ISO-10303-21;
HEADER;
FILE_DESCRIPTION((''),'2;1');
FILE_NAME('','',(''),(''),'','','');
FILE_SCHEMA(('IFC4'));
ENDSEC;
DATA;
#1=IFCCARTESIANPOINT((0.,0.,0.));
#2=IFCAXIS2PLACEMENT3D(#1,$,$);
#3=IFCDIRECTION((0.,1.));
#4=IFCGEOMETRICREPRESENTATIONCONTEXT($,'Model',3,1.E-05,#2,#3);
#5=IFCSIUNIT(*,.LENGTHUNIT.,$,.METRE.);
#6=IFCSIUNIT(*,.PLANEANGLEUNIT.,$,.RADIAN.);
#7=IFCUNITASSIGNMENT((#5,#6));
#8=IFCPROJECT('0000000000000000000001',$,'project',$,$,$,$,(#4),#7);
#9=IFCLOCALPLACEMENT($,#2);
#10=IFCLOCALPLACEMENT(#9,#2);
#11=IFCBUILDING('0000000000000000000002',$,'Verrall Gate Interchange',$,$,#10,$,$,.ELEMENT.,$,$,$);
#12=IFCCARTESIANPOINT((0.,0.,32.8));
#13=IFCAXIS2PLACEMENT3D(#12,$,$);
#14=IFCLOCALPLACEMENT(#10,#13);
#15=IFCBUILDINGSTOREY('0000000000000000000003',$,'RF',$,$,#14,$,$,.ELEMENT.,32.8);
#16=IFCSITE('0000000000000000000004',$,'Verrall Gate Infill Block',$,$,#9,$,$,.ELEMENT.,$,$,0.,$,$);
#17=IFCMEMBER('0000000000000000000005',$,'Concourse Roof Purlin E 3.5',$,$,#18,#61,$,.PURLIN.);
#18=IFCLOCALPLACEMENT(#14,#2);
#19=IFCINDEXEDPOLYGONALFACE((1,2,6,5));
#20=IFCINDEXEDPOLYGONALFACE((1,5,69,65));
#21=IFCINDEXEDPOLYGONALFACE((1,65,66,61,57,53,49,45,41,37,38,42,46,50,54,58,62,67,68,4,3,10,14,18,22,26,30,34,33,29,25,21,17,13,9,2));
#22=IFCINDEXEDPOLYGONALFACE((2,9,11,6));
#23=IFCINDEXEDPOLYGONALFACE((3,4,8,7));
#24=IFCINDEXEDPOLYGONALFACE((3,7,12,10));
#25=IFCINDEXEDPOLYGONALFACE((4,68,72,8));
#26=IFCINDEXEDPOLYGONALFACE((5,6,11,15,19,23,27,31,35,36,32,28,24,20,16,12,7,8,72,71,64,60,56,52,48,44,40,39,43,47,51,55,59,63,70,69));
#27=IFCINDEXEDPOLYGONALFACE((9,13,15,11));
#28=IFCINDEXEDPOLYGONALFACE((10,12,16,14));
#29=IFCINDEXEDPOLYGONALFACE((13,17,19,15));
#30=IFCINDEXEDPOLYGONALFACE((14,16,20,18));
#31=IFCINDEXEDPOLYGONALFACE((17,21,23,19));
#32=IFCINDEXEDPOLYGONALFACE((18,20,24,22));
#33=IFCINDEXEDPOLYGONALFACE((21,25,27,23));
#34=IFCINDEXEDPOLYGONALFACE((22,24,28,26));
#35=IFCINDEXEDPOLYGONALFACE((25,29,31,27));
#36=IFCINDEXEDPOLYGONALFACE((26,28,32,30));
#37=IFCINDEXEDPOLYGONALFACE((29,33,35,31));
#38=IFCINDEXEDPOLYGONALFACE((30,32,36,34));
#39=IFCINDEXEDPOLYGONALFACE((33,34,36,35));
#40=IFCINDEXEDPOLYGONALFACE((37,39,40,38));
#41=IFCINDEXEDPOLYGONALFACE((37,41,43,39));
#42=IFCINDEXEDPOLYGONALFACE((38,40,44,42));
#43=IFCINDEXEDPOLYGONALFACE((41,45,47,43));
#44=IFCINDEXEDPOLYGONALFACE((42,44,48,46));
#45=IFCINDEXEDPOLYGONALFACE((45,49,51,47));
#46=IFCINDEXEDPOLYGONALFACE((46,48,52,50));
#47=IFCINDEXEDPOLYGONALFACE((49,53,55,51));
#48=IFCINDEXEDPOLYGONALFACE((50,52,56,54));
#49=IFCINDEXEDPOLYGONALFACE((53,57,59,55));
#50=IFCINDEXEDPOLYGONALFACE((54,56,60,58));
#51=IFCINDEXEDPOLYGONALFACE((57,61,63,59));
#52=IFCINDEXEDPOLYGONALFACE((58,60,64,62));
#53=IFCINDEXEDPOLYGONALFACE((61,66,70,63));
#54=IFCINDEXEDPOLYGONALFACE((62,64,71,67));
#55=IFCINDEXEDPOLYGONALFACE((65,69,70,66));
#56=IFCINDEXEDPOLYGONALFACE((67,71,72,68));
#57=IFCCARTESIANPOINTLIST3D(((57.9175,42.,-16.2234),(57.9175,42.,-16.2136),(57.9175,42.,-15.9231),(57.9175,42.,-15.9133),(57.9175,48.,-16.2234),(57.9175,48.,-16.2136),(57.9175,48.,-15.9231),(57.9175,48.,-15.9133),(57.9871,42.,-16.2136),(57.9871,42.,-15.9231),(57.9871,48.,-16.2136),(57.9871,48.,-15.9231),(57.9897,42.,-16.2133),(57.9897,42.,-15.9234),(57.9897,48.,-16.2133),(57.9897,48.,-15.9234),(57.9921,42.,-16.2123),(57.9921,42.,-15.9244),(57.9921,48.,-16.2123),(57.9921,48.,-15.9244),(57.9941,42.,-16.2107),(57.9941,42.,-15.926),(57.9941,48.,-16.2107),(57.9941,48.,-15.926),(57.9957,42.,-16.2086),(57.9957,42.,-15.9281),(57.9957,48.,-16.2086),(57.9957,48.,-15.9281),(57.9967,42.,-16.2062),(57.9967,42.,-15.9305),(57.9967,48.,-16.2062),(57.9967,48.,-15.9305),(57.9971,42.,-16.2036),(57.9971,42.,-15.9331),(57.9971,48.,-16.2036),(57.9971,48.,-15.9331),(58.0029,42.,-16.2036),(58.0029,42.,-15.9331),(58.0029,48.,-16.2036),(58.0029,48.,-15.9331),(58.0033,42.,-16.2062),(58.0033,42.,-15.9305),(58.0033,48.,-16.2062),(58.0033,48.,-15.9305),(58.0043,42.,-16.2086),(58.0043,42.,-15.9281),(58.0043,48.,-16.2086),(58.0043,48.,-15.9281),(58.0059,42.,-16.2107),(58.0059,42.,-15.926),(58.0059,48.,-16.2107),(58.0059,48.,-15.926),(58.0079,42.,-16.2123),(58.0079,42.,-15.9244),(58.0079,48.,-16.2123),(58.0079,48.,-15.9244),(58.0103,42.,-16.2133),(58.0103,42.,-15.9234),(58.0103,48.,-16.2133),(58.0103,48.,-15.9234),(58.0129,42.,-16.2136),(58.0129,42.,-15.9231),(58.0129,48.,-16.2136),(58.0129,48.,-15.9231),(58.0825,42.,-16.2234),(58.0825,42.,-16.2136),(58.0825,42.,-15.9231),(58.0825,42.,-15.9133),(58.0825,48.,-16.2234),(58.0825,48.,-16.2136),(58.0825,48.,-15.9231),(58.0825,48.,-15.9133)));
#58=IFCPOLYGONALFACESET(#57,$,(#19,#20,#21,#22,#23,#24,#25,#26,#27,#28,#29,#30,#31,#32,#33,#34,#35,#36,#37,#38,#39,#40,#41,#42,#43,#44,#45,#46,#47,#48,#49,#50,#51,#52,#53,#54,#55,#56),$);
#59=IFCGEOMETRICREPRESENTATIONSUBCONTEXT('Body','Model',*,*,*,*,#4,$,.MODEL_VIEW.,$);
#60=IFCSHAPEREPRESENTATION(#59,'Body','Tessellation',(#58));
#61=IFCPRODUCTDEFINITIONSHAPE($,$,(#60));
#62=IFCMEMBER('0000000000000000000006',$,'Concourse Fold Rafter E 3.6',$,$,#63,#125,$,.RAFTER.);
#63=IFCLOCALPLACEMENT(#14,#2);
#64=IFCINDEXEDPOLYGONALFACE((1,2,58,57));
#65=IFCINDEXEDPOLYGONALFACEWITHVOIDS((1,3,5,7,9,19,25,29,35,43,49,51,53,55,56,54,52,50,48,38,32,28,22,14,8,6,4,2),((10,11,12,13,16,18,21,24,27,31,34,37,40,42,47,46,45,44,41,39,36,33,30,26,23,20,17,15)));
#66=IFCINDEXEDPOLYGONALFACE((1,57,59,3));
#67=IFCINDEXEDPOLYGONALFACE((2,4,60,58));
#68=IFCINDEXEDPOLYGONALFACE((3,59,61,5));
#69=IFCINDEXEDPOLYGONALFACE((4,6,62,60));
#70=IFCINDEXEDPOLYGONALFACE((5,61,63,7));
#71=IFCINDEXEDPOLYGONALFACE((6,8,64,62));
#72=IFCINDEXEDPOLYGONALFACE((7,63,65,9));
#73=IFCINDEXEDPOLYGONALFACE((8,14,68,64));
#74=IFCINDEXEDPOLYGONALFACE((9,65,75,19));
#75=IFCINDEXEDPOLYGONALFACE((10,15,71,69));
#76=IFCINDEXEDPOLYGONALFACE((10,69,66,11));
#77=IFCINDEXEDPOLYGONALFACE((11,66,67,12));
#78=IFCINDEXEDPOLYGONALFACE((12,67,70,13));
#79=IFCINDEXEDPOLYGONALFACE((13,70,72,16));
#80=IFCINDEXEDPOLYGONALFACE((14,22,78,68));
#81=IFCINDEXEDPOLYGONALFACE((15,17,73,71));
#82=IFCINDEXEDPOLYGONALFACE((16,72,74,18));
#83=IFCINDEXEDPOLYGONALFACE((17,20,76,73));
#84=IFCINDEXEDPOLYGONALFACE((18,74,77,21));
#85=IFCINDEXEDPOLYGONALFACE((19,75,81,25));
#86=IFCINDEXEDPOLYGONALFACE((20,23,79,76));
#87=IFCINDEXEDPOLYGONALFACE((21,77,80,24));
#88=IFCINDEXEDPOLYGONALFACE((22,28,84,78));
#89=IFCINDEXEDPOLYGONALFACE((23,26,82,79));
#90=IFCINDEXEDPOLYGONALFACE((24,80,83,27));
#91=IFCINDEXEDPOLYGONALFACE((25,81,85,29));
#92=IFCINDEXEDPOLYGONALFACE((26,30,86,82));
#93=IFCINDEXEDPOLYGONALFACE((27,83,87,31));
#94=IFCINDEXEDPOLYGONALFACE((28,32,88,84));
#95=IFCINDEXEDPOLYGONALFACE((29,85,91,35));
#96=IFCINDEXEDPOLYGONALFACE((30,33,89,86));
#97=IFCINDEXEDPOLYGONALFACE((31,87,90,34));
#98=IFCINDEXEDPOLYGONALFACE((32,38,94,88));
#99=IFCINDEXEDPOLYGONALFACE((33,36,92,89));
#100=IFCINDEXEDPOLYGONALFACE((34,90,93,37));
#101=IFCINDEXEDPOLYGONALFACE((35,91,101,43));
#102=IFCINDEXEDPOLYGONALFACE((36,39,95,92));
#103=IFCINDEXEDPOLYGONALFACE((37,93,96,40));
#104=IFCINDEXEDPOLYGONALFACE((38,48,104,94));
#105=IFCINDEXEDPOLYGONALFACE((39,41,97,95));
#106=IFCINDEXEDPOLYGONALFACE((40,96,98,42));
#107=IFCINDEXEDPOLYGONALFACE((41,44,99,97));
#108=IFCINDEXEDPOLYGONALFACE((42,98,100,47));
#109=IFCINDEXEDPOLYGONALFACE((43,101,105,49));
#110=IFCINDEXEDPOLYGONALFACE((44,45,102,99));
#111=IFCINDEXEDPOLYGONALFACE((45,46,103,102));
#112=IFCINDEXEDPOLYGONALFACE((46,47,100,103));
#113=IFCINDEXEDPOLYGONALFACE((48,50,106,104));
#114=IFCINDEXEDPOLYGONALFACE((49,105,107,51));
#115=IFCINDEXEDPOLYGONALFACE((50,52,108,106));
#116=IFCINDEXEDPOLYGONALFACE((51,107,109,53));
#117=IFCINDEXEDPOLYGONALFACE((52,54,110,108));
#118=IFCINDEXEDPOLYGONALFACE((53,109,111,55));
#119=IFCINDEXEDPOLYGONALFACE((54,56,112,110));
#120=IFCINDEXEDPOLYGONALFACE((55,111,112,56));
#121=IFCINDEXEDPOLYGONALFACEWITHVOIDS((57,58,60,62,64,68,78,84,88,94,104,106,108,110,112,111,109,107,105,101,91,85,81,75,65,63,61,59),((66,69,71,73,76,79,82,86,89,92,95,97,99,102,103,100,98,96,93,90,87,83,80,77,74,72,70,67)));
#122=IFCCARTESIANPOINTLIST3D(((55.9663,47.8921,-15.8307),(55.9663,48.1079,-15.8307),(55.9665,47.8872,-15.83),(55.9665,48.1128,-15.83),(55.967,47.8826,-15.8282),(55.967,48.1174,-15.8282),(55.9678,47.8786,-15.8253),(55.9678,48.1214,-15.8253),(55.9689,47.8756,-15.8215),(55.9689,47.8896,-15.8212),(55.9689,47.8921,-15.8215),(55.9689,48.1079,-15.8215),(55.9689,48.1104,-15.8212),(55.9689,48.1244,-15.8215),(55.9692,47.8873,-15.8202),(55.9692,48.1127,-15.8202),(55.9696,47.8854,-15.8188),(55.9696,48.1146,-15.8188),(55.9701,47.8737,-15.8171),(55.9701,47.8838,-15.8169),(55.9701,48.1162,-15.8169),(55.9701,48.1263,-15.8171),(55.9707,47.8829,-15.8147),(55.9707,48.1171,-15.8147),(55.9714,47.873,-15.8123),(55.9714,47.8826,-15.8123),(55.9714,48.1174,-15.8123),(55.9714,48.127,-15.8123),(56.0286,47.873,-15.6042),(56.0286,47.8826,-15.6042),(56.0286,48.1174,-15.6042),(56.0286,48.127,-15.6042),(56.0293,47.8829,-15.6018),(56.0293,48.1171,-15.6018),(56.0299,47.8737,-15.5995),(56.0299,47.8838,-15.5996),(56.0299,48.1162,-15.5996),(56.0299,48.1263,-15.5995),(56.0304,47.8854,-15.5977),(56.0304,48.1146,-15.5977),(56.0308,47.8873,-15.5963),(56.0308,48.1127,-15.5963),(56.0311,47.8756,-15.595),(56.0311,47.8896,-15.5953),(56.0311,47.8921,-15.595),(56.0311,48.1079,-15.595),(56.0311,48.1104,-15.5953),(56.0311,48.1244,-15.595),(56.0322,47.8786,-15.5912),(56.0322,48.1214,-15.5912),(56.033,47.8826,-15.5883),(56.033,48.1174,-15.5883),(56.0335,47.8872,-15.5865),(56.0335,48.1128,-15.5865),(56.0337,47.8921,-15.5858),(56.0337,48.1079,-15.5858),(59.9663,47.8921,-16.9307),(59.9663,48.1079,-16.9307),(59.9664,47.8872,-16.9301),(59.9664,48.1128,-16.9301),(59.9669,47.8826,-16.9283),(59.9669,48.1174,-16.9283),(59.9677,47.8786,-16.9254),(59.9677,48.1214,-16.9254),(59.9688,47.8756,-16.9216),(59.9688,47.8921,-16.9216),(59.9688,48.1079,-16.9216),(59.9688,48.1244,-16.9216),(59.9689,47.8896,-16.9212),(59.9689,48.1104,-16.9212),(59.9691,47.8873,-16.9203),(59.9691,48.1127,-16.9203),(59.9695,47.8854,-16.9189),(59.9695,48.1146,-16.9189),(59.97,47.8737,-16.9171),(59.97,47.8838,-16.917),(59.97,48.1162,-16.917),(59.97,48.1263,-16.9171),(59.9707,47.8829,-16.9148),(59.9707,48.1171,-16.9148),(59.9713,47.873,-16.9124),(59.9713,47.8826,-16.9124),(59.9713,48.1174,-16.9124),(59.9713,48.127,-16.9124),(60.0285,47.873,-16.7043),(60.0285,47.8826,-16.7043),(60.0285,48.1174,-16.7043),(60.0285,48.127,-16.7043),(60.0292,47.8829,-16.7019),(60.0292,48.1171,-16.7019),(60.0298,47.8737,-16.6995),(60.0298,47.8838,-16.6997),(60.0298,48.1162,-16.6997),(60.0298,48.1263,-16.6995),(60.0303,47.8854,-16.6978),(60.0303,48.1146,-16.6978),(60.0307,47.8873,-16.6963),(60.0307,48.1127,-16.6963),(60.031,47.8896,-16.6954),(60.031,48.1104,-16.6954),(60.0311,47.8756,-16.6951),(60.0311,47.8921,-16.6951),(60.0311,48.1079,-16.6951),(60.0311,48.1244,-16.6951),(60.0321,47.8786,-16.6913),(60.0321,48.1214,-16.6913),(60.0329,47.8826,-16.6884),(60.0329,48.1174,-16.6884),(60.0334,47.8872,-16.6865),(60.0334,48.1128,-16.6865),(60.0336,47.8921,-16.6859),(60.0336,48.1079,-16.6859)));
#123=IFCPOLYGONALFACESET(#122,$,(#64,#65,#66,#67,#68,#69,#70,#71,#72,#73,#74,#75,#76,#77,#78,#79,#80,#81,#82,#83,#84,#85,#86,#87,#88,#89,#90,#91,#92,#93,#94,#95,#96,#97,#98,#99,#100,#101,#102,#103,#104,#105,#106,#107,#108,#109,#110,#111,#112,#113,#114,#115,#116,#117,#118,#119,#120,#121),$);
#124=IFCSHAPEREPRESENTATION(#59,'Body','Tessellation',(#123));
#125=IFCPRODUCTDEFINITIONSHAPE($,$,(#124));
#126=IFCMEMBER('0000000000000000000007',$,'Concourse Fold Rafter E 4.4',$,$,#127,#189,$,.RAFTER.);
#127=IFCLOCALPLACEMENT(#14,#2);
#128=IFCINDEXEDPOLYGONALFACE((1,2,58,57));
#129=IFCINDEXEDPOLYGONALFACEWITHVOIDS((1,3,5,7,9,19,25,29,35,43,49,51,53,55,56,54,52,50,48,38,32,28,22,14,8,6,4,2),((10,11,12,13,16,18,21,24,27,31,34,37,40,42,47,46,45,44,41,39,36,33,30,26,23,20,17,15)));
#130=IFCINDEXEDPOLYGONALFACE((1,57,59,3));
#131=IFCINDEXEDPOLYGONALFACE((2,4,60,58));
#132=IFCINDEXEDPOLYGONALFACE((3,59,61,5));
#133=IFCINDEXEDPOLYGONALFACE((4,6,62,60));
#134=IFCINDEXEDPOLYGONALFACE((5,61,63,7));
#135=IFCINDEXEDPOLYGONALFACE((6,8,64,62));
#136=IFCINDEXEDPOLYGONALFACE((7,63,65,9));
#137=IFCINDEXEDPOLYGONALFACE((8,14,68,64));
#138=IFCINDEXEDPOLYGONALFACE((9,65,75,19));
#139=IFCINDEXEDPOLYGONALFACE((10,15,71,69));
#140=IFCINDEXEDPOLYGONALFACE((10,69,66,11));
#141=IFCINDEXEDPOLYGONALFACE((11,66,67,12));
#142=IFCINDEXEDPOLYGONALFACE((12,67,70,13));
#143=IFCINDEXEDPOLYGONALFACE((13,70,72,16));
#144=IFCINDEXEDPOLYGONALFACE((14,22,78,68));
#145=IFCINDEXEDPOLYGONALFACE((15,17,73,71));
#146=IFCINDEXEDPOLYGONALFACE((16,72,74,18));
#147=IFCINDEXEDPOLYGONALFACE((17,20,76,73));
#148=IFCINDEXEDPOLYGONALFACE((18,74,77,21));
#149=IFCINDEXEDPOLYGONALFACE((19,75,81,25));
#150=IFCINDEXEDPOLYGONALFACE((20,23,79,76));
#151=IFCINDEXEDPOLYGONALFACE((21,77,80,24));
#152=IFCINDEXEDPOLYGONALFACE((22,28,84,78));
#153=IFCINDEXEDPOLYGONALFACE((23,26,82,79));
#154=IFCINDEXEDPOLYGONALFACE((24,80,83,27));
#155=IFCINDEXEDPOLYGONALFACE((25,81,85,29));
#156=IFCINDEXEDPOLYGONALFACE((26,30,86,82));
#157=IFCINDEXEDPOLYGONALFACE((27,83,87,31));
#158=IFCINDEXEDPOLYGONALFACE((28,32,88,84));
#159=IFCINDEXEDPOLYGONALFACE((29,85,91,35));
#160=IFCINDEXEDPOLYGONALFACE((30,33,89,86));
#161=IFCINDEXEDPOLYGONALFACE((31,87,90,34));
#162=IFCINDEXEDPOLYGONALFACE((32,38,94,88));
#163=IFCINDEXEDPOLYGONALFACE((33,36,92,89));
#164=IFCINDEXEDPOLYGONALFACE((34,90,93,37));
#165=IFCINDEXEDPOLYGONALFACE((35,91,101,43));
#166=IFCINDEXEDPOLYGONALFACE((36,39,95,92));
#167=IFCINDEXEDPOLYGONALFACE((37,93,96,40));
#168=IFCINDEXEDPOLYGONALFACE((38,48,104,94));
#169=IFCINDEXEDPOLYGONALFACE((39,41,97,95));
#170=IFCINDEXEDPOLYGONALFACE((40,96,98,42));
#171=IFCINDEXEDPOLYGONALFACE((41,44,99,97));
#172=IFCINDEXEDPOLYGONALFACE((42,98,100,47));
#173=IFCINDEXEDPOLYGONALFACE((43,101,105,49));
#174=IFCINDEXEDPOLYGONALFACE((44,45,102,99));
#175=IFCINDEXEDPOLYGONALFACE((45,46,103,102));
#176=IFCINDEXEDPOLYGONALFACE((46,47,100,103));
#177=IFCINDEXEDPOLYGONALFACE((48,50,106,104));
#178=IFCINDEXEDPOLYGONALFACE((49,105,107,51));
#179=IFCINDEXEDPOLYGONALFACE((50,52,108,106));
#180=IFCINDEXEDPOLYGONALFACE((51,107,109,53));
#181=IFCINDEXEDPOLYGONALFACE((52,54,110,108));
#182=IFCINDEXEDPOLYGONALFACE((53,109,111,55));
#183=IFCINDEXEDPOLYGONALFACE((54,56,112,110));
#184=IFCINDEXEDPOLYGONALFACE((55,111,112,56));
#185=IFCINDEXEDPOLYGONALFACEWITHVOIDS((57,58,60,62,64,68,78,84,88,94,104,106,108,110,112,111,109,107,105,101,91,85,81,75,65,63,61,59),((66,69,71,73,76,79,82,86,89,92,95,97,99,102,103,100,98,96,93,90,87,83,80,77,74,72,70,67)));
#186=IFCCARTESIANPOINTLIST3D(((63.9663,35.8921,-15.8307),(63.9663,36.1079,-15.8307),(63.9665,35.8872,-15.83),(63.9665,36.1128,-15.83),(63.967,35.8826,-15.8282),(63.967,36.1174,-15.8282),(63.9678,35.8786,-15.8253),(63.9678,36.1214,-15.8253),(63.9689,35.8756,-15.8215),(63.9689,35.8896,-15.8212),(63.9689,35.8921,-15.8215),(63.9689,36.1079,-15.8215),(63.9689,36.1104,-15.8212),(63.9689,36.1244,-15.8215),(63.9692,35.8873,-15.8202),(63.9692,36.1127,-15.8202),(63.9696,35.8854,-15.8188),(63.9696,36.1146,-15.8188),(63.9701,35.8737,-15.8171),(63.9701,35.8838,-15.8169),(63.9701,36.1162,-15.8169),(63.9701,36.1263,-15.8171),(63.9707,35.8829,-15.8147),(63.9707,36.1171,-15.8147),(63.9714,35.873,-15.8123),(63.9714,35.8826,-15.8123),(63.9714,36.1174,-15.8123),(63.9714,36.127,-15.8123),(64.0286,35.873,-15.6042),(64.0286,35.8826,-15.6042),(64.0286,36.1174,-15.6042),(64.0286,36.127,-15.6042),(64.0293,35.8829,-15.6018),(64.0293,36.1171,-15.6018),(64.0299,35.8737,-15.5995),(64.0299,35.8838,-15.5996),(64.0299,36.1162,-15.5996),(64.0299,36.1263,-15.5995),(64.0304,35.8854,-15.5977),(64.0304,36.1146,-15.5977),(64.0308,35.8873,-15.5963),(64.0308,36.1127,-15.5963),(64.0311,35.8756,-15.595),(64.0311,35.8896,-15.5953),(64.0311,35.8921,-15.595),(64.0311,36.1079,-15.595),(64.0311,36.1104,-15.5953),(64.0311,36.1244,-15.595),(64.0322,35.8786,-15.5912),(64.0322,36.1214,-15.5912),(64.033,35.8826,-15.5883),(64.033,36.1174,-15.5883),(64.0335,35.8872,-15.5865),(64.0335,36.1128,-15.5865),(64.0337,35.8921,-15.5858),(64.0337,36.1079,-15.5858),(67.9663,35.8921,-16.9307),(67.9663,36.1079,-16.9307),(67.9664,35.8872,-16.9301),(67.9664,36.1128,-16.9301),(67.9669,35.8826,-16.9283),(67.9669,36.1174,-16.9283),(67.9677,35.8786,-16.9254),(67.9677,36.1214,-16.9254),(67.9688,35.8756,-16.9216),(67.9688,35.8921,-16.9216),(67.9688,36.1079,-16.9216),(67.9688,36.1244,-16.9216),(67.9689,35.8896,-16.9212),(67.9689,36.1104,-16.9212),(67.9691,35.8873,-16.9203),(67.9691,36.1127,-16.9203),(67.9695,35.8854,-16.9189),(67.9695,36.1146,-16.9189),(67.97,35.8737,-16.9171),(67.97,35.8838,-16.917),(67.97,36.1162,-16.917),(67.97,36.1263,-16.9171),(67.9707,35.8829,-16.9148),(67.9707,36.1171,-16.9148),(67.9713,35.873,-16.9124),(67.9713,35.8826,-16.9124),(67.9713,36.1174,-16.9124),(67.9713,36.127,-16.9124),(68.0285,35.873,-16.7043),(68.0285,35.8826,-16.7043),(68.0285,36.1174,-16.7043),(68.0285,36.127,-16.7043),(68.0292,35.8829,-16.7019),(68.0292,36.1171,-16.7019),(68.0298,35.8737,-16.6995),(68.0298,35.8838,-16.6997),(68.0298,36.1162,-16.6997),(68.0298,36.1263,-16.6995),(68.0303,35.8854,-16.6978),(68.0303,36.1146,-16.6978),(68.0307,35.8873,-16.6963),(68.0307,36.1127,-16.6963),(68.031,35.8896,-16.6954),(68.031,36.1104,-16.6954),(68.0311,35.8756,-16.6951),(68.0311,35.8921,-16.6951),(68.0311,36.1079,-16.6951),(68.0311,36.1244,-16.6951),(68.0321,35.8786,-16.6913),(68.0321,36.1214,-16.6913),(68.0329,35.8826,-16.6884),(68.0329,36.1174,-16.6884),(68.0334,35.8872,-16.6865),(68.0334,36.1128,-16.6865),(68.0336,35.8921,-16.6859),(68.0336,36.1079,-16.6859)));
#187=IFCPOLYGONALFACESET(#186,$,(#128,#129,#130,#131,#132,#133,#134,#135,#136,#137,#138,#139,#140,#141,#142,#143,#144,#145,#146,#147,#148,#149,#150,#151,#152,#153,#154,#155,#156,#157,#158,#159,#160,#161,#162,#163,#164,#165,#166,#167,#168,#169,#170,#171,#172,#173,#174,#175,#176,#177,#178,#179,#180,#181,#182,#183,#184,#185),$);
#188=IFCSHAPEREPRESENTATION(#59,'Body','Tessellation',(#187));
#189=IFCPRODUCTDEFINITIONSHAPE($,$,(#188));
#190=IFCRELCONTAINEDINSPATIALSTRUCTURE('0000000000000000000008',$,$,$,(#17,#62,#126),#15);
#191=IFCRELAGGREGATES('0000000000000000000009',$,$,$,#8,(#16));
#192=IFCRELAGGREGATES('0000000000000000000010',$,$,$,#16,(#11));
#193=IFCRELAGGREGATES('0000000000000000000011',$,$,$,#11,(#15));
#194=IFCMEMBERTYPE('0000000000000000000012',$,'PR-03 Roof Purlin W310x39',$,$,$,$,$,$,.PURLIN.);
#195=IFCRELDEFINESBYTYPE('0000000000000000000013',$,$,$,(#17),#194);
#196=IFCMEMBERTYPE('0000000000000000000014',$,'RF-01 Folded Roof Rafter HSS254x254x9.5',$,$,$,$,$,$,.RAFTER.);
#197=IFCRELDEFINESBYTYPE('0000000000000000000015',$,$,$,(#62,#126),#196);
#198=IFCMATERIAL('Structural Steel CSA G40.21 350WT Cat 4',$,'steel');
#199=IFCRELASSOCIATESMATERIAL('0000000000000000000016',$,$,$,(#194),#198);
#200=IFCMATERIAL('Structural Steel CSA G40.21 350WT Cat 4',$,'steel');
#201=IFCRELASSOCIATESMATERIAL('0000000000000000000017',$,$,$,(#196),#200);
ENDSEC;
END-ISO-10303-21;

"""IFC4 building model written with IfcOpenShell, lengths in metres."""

from ifc_helpers import new_model, si_unit, direction, frame, origin, origin_2d, place, context, subcontext, project, spatial, hollow_rectangle, i_section, extrude, material, material_profile, profile_set, type_object, element, save


model = new_model("IFC4")

# Units and contexts
model_context = context("Model", 3, precision=1e-05, world=origin(), true_north=direction((0.0, 1.0)))
body_context = subcontext(model_context, "Body", "Model", "MODEL_VIEW")
ifc_project = project(units=[si_unit("LENGTHUNIT", "METRE"), si_unit("PLANEANGLEUNIT", "RADIAN")], contexts=[model_context])

# Site, building, storey
site_placement = place(None, origin())
site = spatial("IfcSite", under=ifc_project, at=site_placement, Name="Verrall Gate Infill Block", CompositionType="ELEMENT", RefElevation=0.0)
building_placement = place(site_placement, origin())
building = spatial("IfcBuilding", under=site, at=building_placement, Name="Verrall Gate Interchange", CompositionType="ELEMENT")
storey_placement = place(building_placement, frame((0.0, 0.0, 32.8)))
storey = spatial("IfcBuildingStorey", under=building, at=storey_placement, Name="RF", CompositionType="ELEMENT", Elevation=32.8)

# Members
ifc_material_1 = material(Name="Structural Steel CSA G40.21 350WT Cat 4", Category="steel")
ifc_material_profile_1 = material_profile(ifc_material_1, i_section(OverallWidth=0.165, OverallDepth=0.3101, WebThickness=0.0059, FlangeThickness=0.0098, FilletRadius=0.01, at=origin_2d()), Name="W310x39")
ifc_profile_set_1 = profile_set([ifc_material_profile_1], Name="Structural Steel CSA G40.21 350WT Cat 4")
member_type_1 = type_object("IfcMemberType", Name="PR-03 Roof Purlin W310x39", PredefinedType="PURLIN", material=ifc_profile_set_1)
member_1_placement = place(storey_placement, frame((58.0, 42.0, -16.0684), z_axis=(0.0, 1.0, 0.0), x_axis=(-1.0, 0.0, 0.0)))
element("IfcMember", 1, at=member_1_placement, inside=storey, type_object=member_type_1, Name="Concourse Roof Purlin E 3.5", PredefinedType="PURLIN", context=body_context, shape_type="SweptSolid", body=[
    extrude(i_section(OverallWidth=0.165, OverallDepth=0.3101, WebThickness=0.0059, FlangeThickness=0.0098, FilletRadius=0.01, at=origin_2d()), origin(), (0.0, 0.0, 1.0), 6.0),
])
ifc_material_2 = material(Name="Structural Steel CSA G40.21 350WT Cat 4", Category="steel")
ifc_material_profile_2 = material_profile(ifc_material_2, hollow_rectangle(XDim=0.2539, YDim=0.2539, WallThickness=0.0095, InnerFilletRadius=0.0095, OuterFilletRadius=0.019, at=origin_2d()), Name="HSS254x254x9.5")
ifc_profile_set_2 = profile_set([ifc_material_profile_2], Name="Structural Steel CSA G40.21 350WT Cat 4")
member_type_2 = type_object("IfcMemberType", Name="RF-01 Folded Roof Rafter HSS254x254x9.5", PredefinedType="RAFTER", material=ifc_profile_set_2)
for number, where, z_axis, x_axis, name in (
    (2, (56.0, 48.0, -15.7083), (0.964199, 0.0, -0.265178), (0.0, 1.0, 0.0), "Concourse Fold Rafter E 3.6"),
    (3, (64.0, 36.0, -15.7083), (0.964199, 0.0, -0.265178), (0.0, 1.0, 0.0), "Concourse Fold Rafter E 4.4"),
):
    element("IfcMember", number, at=place(storey_placement, frame(where, z_axis=z_axis, x_axis=x_axis)), inside=storey, type_object=member_type_2, Name=name, PredefinedType="RAFTER", context=body_context, shape_type="SweptSolid", body=[
        extrude(hollow_rectangle(XDim=0.2539, YDim=0.2539, WallThickness=0.0095, InnerFilletRadius=0.0095, OuterFilletRadius=0.019, at=origin_2d()), origin(), (0.0, 0.0, 1.0), 4.1484),
    ])

save(model, "model.ifc")
